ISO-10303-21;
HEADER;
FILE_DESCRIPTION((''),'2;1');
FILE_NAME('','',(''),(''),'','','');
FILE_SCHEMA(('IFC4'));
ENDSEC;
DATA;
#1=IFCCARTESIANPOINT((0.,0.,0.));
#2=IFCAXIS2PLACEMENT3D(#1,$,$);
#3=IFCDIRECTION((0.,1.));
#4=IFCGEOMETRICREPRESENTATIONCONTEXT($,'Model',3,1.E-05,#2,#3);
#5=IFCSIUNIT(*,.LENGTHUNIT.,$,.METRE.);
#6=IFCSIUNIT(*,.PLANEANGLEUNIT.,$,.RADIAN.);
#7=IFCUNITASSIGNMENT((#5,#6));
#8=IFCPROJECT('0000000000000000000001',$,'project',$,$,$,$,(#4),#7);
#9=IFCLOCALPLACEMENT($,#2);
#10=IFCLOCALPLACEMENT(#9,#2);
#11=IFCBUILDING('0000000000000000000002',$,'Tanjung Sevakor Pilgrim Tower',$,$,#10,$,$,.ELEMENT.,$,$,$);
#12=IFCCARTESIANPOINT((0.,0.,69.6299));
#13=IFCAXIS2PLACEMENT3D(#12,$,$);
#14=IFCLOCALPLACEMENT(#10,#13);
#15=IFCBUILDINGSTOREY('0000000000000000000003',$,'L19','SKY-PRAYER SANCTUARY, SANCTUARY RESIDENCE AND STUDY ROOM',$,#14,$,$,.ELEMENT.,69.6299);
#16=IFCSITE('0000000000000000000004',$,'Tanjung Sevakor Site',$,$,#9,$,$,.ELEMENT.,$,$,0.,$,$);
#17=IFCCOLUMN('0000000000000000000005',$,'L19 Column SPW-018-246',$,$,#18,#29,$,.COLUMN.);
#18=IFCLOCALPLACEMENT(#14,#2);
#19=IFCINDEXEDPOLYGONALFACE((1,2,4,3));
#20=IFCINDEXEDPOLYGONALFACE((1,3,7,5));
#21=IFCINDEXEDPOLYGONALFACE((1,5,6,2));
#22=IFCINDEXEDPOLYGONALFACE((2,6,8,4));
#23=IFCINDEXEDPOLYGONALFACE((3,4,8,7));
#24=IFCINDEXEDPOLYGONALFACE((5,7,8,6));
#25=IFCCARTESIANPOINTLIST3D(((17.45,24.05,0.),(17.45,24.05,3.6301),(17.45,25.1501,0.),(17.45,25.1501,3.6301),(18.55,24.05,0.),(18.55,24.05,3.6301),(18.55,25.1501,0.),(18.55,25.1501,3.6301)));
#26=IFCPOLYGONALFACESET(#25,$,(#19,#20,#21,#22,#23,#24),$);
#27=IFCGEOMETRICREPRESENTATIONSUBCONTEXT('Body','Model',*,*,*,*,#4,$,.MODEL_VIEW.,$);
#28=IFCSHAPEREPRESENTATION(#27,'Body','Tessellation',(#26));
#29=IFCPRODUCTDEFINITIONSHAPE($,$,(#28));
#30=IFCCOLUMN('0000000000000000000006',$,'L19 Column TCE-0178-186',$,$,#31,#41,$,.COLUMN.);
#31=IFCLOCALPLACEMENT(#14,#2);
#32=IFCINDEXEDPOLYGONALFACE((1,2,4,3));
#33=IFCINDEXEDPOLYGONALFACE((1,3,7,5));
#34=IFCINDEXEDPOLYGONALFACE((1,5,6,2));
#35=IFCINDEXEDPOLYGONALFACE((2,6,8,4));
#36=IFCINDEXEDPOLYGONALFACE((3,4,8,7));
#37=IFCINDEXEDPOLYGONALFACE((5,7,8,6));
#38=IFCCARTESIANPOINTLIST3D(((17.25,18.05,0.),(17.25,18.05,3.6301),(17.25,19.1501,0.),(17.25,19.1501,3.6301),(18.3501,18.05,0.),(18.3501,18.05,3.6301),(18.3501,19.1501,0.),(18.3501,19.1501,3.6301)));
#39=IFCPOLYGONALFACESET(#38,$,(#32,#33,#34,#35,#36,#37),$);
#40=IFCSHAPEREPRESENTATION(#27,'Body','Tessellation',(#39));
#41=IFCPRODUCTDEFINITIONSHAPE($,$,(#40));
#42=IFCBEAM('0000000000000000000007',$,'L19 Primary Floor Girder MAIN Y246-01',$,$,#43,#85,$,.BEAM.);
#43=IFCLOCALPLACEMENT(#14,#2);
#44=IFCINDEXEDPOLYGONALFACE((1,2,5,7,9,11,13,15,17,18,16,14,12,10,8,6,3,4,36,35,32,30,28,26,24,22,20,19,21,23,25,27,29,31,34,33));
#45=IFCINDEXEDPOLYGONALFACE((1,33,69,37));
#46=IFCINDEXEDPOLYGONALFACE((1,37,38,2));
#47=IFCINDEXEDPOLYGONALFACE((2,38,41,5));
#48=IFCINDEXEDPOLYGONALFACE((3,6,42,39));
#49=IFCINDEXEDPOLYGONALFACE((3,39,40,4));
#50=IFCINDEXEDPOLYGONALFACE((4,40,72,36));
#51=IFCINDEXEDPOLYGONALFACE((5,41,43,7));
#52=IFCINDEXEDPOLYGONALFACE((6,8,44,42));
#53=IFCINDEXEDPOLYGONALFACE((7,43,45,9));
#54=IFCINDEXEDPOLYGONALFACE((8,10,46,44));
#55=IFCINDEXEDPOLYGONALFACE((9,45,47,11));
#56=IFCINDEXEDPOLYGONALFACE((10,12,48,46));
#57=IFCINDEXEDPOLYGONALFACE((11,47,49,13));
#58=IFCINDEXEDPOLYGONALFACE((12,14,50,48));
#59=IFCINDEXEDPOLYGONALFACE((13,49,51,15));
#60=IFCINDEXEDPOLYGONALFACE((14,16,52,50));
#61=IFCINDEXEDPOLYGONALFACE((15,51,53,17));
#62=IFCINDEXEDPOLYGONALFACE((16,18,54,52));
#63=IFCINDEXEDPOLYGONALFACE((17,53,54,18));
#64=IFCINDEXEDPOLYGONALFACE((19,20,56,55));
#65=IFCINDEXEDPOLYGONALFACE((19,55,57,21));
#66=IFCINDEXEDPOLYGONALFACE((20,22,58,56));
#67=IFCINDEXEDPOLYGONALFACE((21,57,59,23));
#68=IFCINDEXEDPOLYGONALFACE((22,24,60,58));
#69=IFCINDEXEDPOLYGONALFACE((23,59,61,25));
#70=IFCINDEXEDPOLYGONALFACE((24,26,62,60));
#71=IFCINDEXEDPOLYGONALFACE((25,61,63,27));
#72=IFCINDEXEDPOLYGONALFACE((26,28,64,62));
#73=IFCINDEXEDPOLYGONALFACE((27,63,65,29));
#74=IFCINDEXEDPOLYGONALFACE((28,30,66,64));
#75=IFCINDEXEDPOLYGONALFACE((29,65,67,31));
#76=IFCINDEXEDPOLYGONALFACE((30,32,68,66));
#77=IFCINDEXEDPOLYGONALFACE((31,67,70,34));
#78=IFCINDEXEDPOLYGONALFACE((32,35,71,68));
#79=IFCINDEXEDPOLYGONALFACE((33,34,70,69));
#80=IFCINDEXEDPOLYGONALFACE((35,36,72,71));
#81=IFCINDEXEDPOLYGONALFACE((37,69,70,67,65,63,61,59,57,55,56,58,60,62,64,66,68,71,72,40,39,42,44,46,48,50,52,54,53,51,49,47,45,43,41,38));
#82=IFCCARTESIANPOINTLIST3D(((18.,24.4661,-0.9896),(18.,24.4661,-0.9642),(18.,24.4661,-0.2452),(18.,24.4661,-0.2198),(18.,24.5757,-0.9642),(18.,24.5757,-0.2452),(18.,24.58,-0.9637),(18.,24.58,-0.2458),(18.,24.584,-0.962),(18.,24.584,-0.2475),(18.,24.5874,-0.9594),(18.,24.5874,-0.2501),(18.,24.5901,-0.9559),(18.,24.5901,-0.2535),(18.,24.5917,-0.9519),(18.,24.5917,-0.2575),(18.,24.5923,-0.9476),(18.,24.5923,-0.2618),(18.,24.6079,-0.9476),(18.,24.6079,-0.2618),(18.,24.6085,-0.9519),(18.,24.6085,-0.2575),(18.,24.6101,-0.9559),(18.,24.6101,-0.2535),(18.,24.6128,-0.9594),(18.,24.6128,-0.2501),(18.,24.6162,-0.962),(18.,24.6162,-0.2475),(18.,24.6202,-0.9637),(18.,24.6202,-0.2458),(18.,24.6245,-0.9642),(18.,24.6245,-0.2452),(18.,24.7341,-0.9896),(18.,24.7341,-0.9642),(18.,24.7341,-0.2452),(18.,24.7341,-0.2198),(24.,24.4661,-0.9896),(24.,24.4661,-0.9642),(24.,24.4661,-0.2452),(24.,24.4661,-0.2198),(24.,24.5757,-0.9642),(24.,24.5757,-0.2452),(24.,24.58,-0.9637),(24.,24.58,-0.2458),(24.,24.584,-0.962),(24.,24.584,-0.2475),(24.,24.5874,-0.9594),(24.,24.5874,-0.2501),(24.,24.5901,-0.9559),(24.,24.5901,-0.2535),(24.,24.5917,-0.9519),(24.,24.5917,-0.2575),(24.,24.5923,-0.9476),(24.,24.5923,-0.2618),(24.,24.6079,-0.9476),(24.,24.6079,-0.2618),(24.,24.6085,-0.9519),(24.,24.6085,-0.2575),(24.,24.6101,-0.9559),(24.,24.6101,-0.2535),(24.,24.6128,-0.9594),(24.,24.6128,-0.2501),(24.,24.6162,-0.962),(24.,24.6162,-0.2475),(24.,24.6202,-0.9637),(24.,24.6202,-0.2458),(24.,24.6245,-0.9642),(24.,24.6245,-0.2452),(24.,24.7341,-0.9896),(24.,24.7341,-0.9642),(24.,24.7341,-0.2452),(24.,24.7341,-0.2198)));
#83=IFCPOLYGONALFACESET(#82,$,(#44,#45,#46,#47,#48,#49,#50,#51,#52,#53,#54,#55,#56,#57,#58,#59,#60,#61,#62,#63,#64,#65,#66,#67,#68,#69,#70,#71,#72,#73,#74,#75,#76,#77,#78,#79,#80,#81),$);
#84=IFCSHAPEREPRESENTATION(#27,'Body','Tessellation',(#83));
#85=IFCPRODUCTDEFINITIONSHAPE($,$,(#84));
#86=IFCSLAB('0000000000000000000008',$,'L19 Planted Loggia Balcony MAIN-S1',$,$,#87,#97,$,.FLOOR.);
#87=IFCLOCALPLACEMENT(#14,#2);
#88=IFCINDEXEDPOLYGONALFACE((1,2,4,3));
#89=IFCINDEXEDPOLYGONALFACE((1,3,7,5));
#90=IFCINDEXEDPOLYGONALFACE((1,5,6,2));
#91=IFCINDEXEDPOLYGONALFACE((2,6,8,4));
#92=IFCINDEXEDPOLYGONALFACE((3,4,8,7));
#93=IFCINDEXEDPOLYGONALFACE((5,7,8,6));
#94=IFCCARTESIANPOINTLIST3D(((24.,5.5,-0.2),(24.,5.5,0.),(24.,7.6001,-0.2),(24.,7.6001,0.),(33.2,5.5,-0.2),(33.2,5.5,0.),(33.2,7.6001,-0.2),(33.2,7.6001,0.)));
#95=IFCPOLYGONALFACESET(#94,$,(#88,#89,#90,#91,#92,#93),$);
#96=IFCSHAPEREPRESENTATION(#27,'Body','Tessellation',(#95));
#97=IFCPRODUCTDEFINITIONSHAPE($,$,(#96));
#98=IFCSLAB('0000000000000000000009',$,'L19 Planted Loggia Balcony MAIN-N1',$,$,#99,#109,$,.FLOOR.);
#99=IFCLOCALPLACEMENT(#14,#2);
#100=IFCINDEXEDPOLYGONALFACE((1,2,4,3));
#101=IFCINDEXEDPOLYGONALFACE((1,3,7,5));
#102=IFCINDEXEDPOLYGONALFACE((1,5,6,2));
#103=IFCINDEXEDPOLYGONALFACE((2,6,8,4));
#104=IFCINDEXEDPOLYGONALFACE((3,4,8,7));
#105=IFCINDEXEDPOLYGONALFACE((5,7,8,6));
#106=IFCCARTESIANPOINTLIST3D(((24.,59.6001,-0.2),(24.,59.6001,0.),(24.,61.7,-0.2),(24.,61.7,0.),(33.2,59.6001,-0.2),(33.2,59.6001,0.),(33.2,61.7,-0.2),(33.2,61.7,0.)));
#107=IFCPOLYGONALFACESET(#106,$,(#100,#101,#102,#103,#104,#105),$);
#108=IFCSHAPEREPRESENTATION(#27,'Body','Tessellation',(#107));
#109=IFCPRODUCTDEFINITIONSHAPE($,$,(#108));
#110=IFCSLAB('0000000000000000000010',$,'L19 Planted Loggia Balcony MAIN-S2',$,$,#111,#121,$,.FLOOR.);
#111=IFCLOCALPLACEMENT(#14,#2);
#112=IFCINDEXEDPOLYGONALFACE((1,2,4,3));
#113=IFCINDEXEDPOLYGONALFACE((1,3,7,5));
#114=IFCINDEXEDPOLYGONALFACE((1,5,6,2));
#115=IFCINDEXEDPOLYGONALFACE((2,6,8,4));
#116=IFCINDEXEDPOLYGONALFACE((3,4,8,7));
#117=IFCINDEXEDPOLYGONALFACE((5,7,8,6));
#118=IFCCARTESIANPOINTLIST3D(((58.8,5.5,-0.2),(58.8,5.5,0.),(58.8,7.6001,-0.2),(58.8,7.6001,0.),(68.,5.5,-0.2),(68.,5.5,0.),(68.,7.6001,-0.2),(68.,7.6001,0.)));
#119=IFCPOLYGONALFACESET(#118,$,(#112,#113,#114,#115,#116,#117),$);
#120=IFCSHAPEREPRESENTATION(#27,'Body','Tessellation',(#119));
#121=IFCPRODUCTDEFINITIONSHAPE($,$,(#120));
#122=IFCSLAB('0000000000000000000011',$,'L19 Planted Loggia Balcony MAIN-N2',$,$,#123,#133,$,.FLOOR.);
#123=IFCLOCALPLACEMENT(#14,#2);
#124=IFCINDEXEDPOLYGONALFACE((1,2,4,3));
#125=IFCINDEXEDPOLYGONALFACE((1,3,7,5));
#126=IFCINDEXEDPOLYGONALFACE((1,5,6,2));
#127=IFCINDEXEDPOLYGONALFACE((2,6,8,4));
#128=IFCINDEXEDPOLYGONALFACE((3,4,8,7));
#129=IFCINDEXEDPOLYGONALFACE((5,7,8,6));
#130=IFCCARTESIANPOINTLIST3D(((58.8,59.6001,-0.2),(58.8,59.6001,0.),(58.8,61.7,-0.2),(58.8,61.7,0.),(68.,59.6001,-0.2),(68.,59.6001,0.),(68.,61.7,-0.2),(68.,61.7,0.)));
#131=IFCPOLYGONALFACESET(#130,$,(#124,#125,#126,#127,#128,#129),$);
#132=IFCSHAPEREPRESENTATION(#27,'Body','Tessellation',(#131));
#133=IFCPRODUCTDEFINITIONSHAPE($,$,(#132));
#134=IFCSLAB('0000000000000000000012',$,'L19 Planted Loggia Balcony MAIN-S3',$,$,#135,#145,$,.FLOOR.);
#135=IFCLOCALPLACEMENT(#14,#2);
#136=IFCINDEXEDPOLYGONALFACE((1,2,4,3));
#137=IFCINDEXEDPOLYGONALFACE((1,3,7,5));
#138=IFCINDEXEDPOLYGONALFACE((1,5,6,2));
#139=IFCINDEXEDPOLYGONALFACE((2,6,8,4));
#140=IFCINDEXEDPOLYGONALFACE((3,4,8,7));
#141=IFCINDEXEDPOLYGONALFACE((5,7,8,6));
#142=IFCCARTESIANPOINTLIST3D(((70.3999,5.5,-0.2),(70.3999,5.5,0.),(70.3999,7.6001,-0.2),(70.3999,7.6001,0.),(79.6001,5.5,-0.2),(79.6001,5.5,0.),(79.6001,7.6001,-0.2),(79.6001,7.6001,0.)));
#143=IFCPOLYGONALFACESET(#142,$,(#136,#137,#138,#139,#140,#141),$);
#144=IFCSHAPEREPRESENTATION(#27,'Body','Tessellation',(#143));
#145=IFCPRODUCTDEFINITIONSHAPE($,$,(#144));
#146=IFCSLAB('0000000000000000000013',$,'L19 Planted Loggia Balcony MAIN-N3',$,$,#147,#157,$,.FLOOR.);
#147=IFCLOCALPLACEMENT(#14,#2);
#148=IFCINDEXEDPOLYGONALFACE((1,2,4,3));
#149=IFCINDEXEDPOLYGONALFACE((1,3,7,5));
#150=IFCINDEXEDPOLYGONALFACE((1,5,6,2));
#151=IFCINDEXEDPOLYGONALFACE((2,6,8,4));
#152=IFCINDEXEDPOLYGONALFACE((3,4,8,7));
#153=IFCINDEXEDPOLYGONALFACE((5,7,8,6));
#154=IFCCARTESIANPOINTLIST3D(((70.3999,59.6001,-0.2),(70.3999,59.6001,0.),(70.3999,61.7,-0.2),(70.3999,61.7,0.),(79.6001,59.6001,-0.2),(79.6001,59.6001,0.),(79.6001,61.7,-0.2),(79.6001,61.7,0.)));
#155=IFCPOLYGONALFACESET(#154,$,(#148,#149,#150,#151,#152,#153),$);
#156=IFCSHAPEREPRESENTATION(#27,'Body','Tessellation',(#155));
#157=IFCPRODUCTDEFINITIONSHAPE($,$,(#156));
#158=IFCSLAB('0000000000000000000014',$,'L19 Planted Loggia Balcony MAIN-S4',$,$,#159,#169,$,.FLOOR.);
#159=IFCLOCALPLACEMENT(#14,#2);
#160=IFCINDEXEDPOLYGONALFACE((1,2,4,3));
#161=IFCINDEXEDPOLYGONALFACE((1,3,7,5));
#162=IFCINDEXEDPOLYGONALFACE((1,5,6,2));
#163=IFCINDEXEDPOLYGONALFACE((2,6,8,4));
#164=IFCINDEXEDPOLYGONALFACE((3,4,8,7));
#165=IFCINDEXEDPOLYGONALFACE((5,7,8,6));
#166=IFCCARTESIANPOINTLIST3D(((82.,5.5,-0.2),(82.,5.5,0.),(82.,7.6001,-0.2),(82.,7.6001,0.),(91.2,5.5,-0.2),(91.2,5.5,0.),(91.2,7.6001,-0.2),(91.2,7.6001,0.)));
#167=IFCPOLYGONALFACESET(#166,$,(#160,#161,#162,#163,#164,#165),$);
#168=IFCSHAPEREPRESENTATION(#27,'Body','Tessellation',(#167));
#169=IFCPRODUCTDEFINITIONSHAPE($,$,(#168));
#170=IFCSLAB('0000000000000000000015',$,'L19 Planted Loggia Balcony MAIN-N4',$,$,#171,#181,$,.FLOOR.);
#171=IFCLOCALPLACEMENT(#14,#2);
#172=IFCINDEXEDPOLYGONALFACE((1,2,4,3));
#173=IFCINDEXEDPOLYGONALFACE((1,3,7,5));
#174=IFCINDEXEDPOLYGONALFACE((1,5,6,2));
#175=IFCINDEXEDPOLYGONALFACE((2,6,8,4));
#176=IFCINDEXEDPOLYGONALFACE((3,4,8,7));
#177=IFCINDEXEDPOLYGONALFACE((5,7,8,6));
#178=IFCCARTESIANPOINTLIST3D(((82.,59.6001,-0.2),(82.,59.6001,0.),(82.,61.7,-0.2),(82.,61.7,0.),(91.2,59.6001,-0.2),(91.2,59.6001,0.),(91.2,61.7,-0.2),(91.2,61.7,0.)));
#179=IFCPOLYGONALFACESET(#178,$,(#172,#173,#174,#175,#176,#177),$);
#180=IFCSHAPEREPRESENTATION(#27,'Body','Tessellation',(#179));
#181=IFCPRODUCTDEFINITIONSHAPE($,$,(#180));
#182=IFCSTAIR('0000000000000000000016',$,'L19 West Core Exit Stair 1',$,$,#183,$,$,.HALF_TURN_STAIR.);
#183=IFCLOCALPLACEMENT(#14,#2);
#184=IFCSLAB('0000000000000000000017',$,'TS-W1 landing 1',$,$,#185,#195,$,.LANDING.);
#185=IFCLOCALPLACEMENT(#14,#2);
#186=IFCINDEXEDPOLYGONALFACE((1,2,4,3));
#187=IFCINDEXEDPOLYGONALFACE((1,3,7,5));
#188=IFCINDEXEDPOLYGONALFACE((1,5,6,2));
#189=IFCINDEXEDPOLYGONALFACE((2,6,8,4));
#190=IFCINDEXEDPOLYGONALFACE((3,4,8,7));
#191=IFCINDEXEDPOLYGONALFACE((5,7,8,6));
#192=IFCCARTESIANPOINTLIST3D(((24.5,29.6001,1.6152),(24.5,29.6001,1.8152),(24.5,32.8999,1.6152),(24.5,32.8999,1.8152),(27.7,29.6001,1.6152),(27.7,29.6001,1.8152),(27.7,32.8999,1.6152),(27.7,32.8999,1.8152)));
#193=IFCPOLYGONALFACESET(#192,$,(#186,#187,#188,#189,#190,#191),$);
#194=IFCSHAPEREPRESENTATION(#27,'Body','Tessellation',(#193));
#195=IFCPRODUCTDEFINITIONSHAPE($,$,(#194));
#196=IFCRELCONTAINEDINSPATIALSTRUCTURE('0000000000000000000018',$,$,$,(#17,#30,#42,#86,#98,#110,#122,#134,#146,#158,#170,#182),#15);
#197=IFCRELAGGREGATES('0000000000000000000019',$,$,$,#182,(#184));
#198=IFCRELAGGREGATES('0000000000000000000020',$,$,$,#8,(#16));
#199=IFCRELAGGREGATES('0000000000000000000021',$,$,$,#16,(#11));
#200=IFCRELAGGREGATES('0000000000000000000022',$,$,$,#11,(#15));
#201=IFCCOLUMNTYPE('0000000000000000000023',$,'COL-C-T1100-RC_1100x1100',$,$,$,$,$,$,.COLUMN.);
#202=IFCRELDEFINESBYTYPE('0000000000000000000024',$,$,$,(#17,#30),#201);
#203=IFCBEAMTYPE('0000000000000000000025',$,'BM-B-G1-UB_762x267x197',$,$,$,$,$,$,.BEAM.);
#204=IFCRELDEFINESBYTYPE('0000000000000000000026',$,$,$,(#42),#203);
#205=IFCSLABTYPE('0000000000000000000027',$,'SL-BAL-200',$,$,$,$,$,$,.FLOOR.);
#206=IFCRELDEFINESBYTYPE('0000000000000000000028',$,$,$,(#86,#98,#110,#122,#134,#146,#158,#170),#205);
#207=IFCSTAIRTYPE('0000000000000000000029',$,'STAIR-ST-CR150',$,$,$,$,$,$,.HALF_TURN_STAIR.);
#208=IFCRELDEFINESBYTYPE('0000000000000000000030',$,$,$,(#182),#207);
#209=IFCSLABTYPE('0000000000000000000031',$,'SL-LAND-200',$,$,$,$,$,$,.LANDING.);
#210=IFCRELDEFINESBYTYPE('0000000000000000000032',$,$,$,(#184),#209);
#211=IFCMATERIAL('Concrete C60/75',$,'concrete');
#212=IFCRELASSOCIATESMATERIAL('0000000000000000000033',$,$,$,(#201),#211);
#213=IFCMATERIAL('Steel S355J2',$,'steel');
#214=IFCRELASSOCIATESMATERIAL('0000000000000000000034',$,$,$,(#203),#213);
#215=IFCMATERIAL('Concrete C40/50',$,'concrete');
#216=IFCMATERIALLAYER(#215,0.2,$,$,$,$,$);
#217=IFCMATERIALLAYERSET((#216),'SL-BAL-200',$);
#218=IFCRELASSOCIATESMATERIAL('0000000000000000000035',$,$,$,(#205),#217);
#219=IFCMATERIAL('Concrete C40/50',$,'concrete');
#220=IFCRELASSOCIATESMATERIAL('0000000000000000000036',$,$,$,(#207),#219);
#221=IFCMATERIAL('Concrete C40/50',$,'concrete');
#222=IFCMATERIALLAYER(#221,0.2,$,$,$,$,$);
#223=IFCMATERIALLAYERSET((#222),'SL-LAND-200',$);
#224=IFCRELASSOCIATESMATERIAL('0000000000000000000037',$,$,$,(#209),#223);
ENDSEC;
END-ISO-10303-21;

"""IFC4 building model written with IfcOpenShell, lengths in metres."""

from ifc_helpers import new_model, si_unit, direction, frame, origin, origin_2d, place, context, subcontext, project, spatial, polyline, rectangle, i_section, outline, extrude, material, layer, layer_set, material_profile, profile_set, type_object, element, aggregate, save


model = new_model("IFC4")

# Units and contexts
model_context = context("Model", 3, precision=1e-05, world=origin(), true_north=direction((0.0, 1.0)))
body_context = subcontext(model_context, "Body", "Model", "MODEL_VIEW")
ifc_project = project(units=[si_unit("LENGTHUNIT", "METRE"), si_unit("PLANEANGLEUNIT", "RADIAN")], contexts=[model_context])

# Site, building, storey
site_placement = place(None, origin())
site = spatial("IfcSite", under=ifc_project, at=site_placement, Name="Tanjung Sevakor Site", CompositionType="ELEMENT", RefElevation=0.0)
building_placement = place(site_placement, origin())
building = spatial("IfcBuilding", under=site, at=building_placement, Name="Tanjung Sevakor Pilgrim Tower", CompositionType="ELEMENT")
storey_placement = place(building_placement, frame((0.0, 0.0, 69.6299)))
storey = spatial("IfcBuildingStorey", under=building, at=storey_placement, Name="L19", Description="SKY-PRAYER SANCTUARY, SANCTUARY RESIDENCE AND STUDY ROOM", CompositionType="ELEMENT", Elevation=69.6299)

# Columns
ifc_material_1 = material(Name="Concrete C60/75", Category="concrete")
ifc_material_profile_1 = material_profile(ifc_material_1, rectangle(XDim=1.1001, YDim=1.1001, at=origin_2d()))
ifc_profile_set_1 = profile_set([ifc_material_profile_1], Name="Concrete C60/75")
column_type = type_object("IfcColumnType", Name="COL-C-T1100-RC_1100x1100", PredefinedType="COLUMN", material=ifc_profile_set_1)
for number, where, z_axis, x_axis, name in (
    (1, (18.0, 24.6001, 0.0), (0.0, 0.0, 1.0), (1.0, 0.0, 0.0), "L19 Column SPW-018-246"),
    (2, (17.8, 18.6001, 0.0), (0.0, 0.0, 1.0), (1.0, 0.0, 0.0), "L19 Column TCE-0178-186"),
):
    element("IfcColumn", number, at=place(storey_placement, frame(where, z_axis=z_axis, x_axis=x_axis)), inside=storey, type_object=column_type, Name=name, PredefinedType="COLUMN", context=body_context, shape_type="SweptSolid", body=[
        extrude(rectangle(XDim=1.1001, YDim=1.1001, at=origin_2d()), origin(), (0.0, 0.0, 1.0), 3.6301),
    ])

# Beam
ifc_material_2 = material(Name="Steel S355J2", Category="steel")
ifc_material_profile_2 = material_profile(ifc_material_2, i_section(OverallWidth=0.2681, OverallDepth=0.7698, WebThickness=0.0156, FlangeThickness=0.0254, FilletRadius=0.0166, at=origin_2d()))
ifc_profile_set_2 = profile_set([ifc_material_profile_2], Name="Steel S355J2")
beam_type = type_object("IfcBeamType", Name="BM-B-G1-UB_762x267x197", PredefinedType="BEAM", material=ifc_profile_set_2)
beam_placement = place(storey_placement, frame((18.0, 24.6001, -0.6047), z_axis=(1.0, 0.0, 0.0), x_axis=(0.0, 1.0, 0.0)))
element("IfcBeam", 3, at=beam_placement, inside=storey, type_object=beam_type, Name="L19 Primary Floor Girder MAIN Y246-01", PredefinedType="BEAM", context=body_context, shape_type="SweptSolid", body=[
    extrude(i_section(OverallWidth=0.2681, OverallDepth=0.7698, WebThickness=0.0156, FlangeThickness=0.0254, FilletRadius=0.0166, at=origin_2d()), origin(), (0.0, 0.0, 1.0), 6.0),
])

# Slabs
ifc_material_3 = material(Name="Concrete C40/50", Category="concrete")
ifc_layer_1 = layer(ifc_material_3, 0.2)
ifc_layer_set_1 = layer_set([ifc_layer_1], Name="SL-BAL-200")
slab_type_1 = type_object("IfcSlabType", Name="SL-BAL-200", PredefinedType="FLOOR", material=ifc_layer_set_1)
slab_1_placement = place(storey_placement, frame((0.0, 0.0, -0.2)))
element("IfcSlab", 4, at=slab_1_placement, inside=storey, type_object=slab_type_1, Name="L19 Planted Loggia Balcony MAIN-S1", PredefinedType="FLOOR", context=body_context, shape_type="SweptSolid", body=[
    extrude(outline(polyline([(24.0, 5.5), (33.2, 5.5), (33.2, 7.6001), (24.0, 7.6001), (24.0, 5.5)])), origin(), (0.0, 0.0, 1.0), 0.2),
])
slab_2_placement = place(storey_placement, frame((0.0, 0.0, -0.2)))
element("IfcSlab", 5, at=slab_2_placement, inside=storey, type_object=slab_type_1, Name="L19 Planted Loggia Balcony MAIN-N1", PredefinedType="FLOOR", context=body_context, shape_type="SweptSolid", body=[
    extrude(outline(polyline([(24.0, 59.6001), (33.2, 59.6001), (33.2, 61.7), (24.0, 61.7), (24.0, 59.6001)])), origin(), (0.0, 0.0, 1.0), 0.2),
])
slab_3_placement = place(storey_placement, frame((0.0, 0.0, -0.2)))
element("IfcSlab", 6, at=slab_3_placement, inside=storey, type_object=slab_type_1, Name="L19 Planted Loggia Balcony MAIN-S2", PredefinedType="FLOOR", context=body_context, shape_type="SweptSolid", body=[
    extrude(outline(polyline([(58.8, 5.5), (68.0, 5.5), (68.0, 7.6001), (58.8, 7.6001), (58.8, 5.5)])), origin(), (0.0, 0.0, 1.0), 0.2),
])
slab_4_placement = place(storey_placement, frame((0.0, 0.0, -0.2)))
element("IfcSlab", 7, at=slab_4_placement, inside=storey, type_object=slab_type_1, Name="L19 Planted Loggia Balcony MAIN-N2", PredefinedType="FLOOR", context=body_context, shape_type="SweptSolid", body=[
    extrude(outline(polyline([(58.8, 59.6001), (68.0, 59.6001), (68.0, 61.7), (58.8, 61.7), (58.8, 59.6001)])), origin(), (0.0, 0.0, 1.0), 0.2),
])
slab_5_placement = place(storey_placement, frame((0.0, 0.0, -0.2)))
element("IfcSlab", 8, at=slab_5_placement, inside=storey, type_object=slab_type_1, Name="L19 Planted Loggia Balcony MAIN-S3", PredefinedType="FLOOR", context=body_context, shape_type="SweptSolid", body=[
    extrude(outline(polyline([(70.3999, 5.5), (79.6001, 5.5), (79.6001, 7.6001), (70.3999, 7.6001), (70.3999, 5.5)])), origin(), (0.0, 0.0, 1.0), 0.2),
])
slab_6_placement = place(storey_placement, frame((0.0, 0.0, -0.2)))
element("IfcSlab", 9, at=slab_6_placement, inside=storey, type_object=slab_type_1, Name="L19 Planted Loggia Balcony MAIN-N3", PredefinedType="FLOOR", context=body_context, shape_type="SweptSolid", body=[
    extrude(outline(polyline([(70.3999, 59.6001), (79.6001, 59.6001), (79.6001, 61.7), (70.3999, 61.7), (70.3999, 59.6001)])), origin(), (0.0, 0.0, 1.0), 0.2),
])
slab_7_placement = place(storey_placement, frame((0.0, 0.0, -0.2)))
element("IfcSlab", 10, at=slab_7_placement, inside=storey, type_object=slab_type_1, Name="L19 Planted Loggia Balcony MAIN-S4", PredefinedType="FLOOR", context=body_context, shape_type="SweptSolid", body=[
    extrude(outline(polyline([(82.0, 5.5), (91.2, 5.5), (91.2, 7.6001), (82.0, 7.6001), (82.0, 5.5)])), origin(), (0.0, 0.0, 1.0), 0.2),
])
slab_8_placement = place(storey_placement, frame((0.0, 0.0, -0.2)))
element("IfcSlab", 11, at=slab_8_placement, inside=storey, type_object=slab_type_1, Name="L19 Planted Loggia Balcony MAIN-N4", PredefinedType="FLOOR", context=body_context, shape_type="SweptSolid", body=[
    extrude(outline(polyline([(82.0, 59.6001), (91.2, 59.6001), (91.2, 61.7), (82.0, 61.7), (82.0, 59.6001)])), origin(), (0.0, 0.0, 1.0), 0.2),
])

# Stair, slab
ifc_material_4 = material(Name="Concrete C40/50", Category="concrete")
stair_type = type_object("IfcStairType", Name="STAIR-ST-CR150", PredefinedType="HALF_TURN_STAIR", material=ifc_material_4)
stair_1_placement = place(storey_placement, origin())
stair_1 = element("IfcStair", 12, at=stair_1_placement, inside=storey, type_object=stair_type, Name="L19 West Core Exit Stair 1", PredefinedType="HALF_TURN_STAIR")
ifc_material_5 = material(Name="Concrete C40/50", Category="concrete")
ifc_layer_2 = layer(ifc_material_5, 0.2)
ifc_layer_set_2 = layer_set([ifc_layer_2], Name="SL-LAND-200")
slab_type_2 = type_object("IfcSlabType", Name="SL-LAND-200", PredefinedType="LANDING", material=ifc_layer_set_2)
slab_9_placement = place(storey_placement, frame((0.0, 0.0, 1.6152)))
slab_9 = element("IfcSlab", 13, at=slab_9_placement, type_object=slab_type_2, Name="TS-W1 landing 1", PredefinedType="LANDING", context=body_context, shape_type="SweptSolid", body=[
    extrude(outline(polyline([(27.7, 29.6001), (27.7, 32.8999), (24.5, 32.8999), (24.5, 29.6001), (27.7, 29.6001)])), origin(), (0.0, 0.0, 1.0), 0.2),
])
aggregate(stair_1, [slab_9])

save(model, "model.ifc")
